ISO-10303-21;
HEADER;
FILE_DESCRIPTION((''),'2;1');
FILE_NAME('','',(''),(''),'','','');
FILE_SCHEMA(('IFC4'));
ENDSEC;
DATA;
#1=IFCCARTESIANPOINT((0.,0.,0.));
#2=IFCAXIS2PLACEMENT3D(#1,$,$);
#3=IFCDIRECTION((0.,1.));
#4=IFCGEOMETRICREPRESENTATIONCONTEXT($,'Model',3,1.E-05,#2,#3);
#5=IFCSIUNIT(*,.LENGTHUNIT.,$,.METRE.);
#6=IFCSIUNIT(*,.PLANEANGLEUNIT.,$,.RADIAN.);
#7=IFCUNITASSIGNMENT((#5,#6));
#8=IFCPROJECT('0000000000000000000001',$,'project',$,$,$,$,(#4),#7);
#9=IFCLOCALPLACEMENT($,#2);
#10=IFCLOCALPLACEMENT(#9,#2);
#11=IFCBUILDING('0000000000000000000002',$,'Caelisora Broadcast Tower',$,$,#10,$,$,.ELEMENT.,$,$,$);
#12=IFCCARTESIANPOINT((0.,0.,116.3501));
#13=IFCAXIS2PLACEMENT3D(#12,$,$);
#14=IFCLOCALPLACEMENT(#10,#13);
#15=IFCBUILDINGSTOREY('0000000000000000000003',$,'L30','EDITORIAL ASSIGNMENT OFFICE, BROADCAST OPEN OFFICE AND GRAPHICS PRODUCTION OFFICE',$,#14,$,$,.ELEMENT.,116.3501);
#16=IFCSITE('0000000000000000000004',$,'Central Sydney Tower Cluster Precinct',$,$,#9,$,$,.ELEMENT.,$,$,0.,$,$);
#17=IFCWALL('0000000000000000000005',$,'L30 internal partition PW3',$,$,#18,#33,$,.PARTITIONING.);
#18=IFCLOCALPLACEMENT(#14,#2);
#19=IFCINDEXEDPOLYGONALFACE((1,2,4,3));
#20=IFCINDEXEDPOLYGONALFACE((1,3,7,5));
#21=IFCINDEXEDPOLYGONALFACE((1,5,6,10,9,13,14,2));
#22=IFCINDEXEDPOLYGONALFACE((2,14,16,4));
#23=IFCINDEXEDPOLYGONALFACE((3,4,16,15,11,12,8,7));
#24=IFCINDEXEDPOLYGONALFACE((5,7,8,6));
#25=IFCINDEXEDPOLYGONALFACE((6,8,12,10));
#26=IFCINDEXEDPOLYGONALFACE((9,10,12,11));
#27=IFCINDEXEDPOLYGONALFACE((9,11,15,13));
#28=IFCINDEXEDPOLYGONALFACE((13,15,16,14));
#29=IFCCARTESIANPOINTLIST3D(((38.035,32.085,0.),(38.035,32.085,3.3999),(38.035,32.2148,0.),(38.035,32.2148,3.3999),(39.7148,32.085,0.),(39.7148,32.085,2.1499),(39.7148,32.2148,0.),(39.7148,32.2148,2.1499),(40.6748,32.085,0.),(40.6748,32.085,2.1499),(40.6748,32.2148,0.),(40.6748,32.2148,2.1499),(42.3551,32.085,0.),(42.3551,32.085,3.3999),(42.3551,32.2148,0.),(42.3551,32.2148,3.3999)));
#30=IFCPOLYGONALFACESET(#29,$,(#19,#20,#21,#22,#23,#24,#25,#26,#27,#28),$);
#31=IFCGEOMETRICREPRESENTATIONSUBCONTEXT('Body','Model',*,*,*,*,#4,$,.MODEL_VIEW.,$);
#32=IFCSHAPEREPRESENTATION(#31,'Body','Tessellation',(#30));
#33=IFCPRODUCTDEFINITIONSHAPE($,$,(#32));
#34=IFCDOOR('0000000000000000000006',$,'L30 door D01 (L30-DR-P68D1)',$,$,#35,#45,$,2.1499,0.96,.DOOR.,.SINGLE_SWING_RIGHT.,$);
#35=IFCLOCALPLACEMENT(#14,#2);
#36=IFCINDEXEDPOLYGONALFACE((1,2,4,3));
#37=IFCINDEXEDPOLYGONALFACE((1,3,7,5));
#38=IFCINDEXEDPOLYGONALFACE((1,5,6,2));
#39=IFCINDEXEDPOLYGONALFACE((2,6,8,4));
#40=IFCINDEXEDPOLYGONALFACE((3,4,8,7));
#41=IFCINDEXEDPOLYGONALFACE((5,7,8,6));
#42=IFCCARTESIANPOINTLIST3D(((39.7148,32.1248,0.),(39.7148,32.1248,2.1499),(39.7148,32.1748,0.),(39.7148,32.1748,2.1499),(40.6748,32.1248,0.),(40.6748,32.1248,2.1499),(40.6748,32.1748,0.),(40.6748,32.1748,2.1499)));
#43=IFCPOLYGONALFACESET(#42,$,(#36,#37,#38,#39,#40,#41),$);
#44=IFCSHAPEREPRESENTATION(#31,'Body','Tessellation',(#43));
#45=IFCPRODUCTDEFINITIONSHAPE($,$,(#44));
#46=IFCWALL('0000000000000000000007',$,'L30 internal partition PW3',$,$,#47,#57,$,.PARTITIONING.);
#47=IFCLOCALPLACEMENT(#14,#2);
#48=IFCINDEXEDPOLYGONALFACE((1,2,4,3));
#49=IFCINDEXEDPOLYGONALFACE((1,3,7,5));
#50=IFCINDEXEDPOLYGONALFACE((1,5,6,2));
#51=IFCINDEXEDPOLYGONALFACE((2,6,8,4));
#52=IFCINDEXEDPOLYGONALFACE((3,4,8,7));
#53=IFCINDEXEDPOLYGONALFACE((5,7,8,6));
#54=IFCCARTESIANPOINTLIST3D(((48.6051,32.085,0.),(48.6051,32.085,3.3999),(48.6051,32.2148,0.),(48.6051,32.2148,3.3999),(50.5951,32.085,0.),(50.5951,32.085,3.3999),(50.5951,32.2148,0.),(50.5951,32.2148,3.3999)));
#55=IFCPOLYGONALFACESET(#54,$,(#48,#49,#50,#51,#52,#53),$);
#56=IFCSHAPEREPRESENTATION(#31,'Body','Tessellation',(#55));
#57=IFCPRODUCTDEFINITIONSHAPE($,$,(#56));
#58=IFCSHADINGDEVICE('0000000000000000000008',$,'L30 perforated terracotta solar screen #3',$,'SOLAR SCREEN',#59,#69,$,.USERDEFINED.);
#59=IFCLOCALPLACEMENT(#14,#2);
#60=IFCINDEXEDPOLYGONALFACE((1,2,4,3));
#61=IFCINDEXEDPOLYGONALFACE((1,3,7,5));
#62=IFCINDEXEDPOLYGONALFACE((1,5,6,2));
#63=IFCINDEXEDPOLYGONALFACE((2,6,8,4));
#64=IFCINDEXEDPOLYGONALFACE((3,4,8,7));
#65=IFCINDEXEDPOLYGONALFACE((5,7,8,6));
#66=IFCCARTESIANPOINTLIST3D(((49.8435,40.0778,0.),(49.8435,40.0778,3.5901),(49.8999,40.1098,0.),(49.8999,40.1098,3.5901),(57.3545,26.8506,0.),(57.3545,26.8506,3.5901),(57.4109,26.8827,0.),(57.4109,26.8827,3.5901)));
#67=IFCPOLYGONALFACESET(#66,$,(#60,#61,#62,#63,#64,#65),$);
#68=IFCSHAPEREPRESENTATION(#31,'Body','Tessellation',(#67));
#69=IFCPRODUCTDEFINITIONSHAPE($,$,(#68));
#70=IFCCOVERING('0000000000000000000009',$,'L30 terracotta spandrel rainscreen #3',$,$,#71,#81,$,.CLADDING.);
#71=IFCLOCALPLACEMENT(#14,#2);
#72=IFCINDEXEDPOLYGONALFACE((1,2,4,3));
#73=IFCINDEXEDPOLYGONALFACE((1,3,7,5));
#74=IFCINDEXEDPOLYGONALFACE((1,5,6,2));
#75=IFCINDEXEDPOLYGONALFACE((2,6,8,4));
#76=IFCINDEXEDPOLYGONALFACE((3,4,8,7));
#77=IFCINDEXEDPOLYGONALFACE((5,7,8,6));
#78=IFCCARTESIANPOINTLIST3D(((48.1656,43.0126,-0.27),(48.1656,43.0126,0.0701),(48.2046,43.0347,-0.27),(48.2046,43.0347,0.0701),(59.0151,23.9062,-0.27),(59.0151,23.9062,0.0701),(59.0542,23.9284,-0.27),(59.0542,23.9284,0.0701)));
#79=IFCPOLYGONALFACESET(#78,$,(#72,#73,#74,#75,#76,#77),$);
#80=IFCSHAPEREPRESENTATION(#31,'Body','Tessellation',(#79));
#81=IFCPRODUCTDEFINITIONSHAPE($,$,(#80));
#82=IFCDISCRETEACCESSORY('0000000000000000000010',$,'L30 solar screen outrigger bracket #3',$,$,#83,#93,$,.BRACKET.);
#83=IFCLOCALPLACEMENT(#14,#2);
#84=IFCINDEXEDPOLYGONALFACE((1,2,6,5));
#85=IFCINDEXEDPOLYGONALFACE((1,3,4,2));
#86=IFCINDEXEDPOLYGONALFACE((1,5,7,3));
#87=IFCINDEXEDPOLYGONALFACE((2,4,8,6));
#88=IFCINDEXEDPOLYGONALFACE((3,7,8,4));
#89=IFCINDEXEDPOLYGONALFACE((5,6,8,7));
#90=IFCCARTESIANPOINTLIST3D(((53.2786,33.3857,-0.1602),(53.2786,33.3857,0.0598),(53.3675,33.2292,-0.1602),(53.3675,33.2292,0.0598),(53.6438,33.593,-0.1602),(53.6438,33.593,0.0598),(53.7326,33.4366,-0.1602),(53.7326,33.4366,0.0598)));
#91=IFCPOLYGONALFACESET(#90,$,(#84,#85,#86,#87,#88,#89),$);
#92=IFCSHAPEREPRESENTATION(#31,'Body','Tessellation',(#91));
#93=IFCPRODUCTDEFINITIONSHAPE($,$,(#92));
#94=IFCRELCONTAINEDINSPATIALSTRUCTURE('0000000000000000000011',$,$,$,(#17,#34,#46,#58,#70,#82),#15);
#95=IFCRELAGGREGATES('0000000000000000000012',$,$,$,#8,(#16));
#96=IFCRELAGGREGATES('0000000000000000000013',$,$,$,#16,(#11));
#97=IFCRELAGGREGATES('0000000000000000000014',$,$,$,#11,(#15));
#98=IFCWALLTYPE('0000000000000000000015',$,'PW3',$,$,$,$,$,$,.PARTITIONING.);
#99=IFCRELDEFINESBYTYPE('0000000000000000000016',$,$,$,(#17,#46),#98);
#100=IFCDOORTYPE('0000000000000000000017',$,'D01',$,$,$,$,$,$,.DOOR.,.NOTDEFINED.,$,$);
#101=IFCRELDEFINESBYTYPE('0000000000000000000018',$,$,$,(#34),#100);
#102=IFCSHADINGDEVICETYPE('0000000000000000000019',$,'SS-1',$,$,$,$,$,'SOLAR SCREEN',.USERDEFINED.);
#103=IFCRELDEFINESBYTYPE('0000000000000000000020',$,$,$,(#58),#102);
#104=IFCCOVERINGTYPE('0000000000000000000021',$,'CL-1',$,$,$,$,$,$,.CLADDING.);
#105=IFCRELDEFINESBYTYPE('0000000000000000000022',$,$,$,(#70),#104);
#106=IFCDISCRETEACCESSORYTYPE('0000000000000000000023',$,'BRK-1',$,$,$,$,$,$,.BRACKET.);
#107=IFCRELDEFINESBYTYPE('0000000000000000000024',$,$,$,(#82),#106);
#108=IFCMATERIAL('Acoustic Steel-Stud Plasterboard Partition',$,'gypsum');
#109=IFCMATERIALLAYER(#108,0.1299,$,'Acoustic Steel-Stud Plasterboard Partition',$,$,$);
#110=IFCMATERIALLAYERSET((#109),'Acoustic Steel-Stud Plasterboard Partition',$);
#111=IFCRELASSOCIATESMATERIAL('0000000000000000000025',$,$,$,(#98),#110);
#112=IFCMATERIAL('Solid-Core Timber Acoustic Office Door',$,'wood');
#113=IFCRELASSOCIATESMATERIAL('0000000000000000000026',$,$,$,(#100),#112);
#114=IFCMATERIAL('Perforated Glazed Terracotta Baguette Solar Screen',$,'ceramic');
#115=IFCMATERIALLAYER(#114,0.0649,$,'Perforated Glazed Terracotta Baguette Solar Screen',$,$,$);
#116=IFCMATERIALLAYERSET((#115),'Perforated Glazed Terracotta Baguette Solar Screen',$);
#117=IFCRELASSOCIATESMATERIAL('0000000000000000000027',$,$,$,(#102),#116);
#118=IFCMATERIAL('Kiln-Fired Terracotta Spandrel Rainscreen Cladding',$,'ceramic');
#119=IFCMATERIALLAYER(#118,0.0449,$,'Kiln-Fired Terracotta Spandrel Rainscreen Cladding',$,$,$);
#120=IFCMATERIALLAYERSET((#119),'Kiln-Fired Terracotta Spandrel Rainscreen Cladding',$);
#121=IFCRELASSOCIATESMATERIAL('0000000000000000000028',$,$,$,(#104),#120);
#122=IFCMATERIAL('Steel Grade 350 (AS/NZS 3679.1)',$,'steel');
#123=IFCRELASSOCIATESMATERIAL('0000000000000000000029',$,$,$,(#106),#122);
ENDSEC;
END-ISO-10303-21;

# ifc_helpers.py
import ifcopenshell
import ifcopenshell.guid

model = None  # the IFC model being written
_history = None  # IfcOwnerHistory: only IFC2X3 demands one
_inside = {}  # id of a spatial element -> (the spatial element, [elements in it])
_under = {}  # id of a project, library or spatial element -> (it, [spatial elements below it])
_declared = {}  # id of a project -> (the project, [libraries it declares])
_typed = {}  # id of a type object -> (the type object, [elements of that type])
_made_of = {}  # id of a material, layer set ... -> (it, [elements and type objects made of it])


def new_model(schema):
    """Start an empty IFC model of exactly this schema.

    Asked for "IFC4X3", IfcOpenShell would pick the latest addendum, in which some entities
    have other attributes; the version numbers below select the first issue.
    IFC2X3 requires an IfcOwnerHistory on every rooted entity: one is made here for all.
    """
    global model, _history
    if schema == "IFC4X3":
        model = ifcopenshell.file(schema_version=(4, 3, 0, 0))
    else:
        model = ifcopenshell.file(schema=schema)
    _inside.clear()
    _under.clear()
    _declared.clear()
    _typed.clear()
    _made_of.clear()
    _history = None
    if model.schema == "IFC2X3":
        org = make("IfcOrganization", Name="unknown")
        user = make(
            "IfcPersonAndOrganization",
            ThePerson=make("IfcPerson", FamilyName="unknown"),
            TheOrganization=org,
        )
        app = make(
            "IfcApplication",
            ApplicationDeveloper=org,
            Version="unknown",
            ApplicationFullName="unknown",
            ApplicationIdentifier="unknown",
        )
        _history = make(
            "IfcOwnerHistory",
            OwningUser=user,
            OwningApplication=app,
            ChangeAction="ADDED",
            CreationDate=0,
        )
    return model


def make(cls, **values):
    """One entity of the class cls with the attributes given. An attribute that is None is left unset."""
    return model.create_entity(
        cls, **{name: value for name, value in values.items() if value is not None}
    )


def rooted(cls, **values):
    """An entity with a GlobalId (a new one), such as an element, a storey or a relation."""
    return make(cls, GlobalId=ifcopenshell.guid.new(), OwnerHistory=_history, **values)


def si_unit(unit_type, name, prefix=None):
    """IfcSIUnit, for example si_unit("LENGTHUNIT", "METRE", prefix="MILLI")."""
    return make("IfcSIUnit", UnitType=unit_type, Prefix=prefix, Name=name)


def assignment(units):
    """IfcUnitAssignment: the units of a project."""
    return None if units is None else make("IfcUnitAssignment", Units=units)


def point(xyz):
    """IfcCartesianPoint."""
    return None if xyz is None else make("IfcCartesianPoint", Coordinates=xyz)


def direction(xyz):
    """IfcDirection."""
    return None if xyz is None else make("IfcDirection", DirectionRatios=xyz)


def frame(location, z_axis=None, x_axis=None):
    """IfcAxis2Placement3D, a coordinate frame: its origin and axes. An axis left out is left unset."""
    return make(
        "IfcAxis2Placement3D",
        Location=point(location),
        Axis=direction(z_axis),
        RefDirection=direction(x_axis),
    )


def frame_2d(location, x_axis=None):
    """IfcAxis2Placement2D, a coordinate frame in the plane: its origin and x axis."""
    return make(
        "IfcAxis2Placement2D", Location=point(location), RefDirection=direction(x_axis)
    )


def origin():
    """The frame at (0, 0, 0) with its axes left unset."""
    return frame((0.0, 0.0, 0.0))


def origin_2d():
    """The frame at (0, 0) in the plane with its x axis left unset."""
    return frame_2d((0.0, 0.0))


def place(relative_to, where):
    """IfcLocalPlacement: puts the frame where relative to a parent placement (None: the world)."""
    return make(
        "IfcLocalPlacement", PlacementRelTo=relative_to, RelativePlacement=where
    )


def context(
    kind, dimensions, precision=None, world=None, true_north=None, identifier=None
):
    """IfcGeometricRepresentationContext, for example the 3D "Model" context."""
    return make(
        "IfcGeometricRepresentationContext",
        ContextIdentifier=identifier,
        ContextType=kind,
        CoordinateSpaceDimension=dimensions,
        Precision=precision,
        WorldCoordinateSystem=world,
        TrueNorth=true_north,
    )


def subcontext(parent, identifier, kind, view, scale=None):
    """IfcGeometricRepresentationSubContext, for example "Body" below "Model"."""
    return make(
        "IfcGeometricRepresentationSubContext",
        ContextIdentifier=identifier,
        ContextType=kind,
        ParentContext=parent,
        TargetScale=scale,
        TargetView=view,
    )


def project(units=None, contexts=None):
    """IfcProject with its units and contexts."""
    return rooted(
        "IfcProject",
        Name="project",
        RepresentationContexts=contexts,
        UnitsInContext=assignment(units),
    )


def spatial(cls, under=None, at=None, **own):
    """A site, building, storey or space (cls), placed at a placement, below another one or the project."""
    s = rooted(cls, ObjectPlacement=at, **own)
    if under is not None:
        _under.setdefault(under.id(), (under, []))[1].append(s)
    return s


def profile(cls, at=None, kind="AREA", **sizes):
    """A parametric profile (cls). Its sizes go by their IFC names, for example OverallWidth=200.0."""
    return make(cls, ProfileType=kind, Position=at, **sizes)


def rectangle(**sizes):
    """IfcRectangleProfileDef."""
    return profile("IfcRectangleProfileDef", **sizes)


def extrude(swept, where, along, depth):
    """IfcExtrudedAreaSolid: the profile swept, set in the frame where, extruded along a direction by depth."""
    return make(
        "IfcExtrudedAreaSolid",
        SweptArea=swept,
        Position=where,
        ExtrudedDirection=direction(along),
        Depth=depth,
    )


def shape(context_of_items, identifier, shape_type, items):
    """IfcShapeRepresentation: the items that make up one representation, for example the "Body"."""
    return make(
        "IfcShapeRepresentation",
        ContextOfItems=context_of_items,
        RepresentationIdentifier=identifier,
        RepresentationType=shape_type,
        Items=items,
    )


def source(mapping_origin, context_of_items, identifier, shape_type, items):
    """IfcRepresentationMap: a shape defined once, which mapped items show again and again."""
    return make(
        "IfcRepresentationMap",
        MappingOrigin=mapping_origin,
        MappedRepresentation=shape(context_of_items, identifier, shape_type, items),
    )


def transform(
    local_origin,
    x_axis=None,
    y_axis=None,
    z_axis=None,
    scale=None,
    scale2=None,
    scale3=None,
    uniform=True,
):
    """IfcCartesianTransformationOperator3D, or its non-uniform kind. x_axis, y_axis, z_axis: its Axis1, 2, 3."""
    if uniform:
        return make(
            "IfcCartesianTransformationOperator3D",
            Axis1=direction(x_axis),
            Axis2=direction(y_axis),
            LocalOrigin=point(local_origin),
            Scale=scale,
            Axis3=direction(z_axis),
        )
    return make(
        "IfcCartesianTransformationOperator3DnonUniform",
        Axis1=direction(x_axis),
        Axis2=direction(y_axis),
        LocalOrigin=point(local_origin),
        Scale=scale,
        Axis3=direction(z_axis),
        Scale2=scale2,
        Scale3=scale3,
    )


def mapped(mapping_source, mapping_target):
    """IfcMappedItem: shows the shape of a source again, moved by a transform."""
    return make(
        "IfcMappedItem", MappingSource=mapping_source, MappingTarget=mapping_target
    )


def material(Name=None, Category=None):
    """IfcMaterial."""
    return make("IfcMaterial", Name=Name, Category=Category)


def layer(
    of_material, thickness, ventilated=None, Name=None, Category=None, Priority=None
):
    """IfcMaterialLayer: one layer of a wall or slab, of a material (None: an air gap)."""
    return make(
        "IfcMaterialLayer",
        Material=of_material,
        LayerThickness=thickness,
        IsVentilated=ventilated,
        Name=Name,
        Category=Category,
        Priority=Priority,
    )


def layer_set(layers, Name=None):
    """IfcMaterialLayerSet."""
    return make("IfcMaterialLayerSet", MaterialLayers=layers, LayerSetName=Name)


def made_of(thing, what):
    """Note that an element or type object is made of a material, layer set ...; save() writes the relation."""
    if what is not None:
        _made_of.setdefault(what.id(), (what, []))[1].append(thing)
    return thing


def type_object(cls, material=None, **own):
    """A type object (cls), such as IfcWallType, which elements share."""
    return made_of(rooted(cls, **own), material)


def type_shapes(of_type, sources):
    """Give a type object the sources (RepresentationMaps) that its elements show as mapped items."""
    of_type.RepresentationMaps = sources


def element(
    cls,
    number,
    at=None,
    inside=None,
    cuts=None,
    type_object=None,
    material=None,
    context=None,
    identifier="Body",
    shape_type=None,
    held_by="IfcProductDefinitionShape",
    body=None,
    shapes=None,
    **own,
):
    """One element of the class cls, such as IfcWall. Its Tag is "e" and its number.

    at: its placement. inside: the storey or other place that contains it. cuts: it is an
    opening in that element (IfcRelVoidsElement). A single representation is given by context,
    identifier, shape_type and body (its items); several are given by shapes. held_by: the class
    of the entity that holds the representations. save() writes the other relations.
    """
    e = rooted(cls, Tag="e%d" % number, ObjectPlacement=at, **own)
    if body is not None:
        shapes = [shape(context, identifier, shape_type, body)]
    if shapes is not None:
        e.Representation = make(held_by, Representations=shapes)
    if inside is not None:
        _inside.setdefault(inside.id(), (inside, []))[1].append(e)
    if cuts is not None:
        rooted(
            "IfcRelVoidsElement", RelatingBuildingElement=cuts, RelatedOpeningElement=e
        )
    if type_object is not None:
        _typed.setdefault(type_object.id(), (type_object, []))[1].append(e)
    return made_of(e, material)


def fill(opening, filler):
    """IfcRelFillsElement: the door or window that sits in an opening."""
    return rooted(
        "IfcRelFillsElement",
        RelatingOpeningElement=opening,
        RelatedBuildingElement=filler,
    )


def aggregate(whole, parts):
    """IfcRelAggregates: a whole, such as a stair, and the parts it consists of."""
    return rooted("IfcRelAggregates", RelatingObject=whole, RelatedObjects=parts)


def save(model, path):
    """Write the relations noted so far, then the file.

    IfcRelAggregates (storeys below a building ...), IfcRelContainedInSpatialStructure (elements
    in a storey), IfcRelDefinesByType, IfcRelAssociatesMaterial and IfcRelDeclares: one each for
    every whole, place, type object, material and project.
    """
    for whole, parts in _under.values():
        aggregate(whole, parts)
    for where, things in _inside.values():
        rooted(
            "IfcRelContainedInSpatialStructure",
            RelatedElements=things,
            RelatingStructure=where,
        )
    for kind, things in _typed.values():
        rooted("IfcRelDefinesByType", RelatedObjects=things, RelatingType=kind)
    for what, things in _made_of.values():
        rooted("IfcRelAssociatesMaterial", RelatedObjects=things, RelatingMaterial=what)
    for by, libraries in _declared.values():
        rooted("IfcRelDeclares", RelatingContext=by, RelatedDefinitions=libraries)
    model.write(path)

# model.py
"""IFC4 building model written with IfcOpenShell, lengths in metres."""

from ifc_helpers import new_model, si_unit, direction, frame, frame_2d, origin, origin_2d, place, context, subcontext, project, spatial, rectangle, extrude, source, transform, mapped, material, layer, layer_set, type_object, type_shapes, element, fill, save


model = new_model("IFC4")

# Units and contexts
model_context = context("Model", 3, precision=1e-05, world=origin(), true_north=direction((0.0, 1.0)))
body_context = subcontext(model_context, "Body", "Model", "MODEL_VIEW")
ifc_project = project(units=[si_unit("LENGTHUNIT", "METRE"), si_unit("PLANEANGLEUNIT", "RADIAN")], contexts=[model_context])

# Site, building, storey
site_placement = place(None, origin())
site = spatial("IfcSite", under=ifc_project, at=site_placement, Name="Central Sydney Tower Cluster Precinct", CompositionType="ELEMENT", RefElevation=0.0)
building_placement = place(site_placement, origin())
building = spatial("IfcBuilding", under=site, at=building_placement, Name="Caelisora Broadcast Tower", CompositionType="ELEMENT")
storey_placement = place(building_placement, frame((0.0, 0.0, 116.3501)))
storey = spatial("IfcBuildingStorey", under=building, at=storey_placement, Name="L30", Description="EDITORIAL ASSIGNMENT OFFICE, BROADCAST OPEN OFFICE AND GRAPHICS PRODUCTION OFFICE", CompositionType="ELEMENT", Elevation=116.3501)

# Shared definitions
ifc_material_1 = material(Name="Steel Grade 350 (AS/NZS 3679.1)", Category="steel")

# Shared definitions
ifc_material_2 = material(Name="Acoustic Steel-Stud Plasterboard Partition", Category="gypsum")
ifc_layer_1 = layer(ifc_material_2, 0.1299, Name="Acoustic Steel-Stud Plasterboard Partition")
ifc_layer_set_1 = layer_set([ifc_layer_1], Name="Acoustic Steel-Stud Plasterboard Partition")
wall_type = type_object("IfcWallType", Name="PW3", PredefinedType="PARTITIONING", material=ifc_layer_set_1)

# Wall, opening, door
ifc_material_3 = material(Name="Solid-Core Timber Acoustic Office Door", Category="wood")
door_type = type_object("IfcDoorType", Name="D01", OperationType="NOTDEFINED", PredefinedType="DOOR", material=ifc_material_3)
wall_1_placement = place(storey_placement, frame((38.0349, 32.1499, 0.0), z_axis=(0.0, 0.0, 1.0), x_axis=(1.0, 0.0, 0.0)))
wall_1 = element("IfcWall", 1, at=wall_1_placement, inside=storey, type_object=wall_type, Name="L30 internal partition PW3", PredefinedType="PARTITIONING", context=body_context, shape_type="SweptSolid", body=[
    extrude(rectangle(XDim=4.3201, YDim=0.1299, at=frame_2d((2.1602, 0.0))), origin(), (0.0, 0.0, 1.0), 3.3999),
])
opening_1_placement = place(wall_1_placement, frame((1.6799, 0.0, 0.0)))
opening_1 = element("IfcOpeningElement", 2, at=opening_1_placement, cuts=wall_1, PredefinedType="OPENING", context=body_context, shape_type="SweptSolid", body=[
    extrude(rectangle(XDim=0.96, YDim=2.1499, at=frame_2d((0.48, 1.075))), frame((0.0, 0.0769, 0.0), z_axis=(0.0, -1.0, 0.0), x_axis=(1.0, 0.0, 0.0)), (0.0, 0.0, 1.0), 0.1538),
])
door_1_placement = place(opening_1_placement, origin())
door_1 = element("IfcDoor", 3, at=door_1_placement, inside=storey, type_object=door_type, Name="L30 door D01 (L30-DR-P68D1)", OperationType="SINGLE_SWING_RIGHT", OverallHeight=2.1499, OverallWidth=0.96, PredefinedType="DOOR", context=body_context, shape_type="SweptSolid", body=[
    extrude(rectangle(XDim=0.96, YDim=2.1499, at=frame_2d((0.48, 1.075))), frame((0.0, 0.0249, 0.0), z_axis=(0.0, -1.0, 0.0), x_axis=(1.0, 0.0, 0.0)), (0.0, 0.0, 1.0), 0.05),
])
fill(opening_1, door_1)

# Wall
wall_2_placement = place(storey_placement, frame((48.605, 32.1499, 0.0), z_axis=(0.0, 0.0, 1.0), x_axis=(1.0, 0.0, 0.0)))
element("IfcWall", 4, at=wall_2_placement, inside=storey, type_object=wall_type, Name="L30 internal partition PW3", PredefinedType="PARTITIONING", context=body_context, shape_type="SweptSolid", body=[
    extrude(rectangle(XDim=1.99, YDim=0.1299, at=frame_2d((0.9951, 0.0))), origin(), (0.0, 0.0, 1.0), 3.3999),
])

# Shading device
ifc_material_4 = material(Name="Perforated Glazed Terracotta Baguette Solar Screen", Category="ceramic")
ifc_layer_2 = layer(ifc_material_4, 0.0649, Name="Perforated Glazed Terracotta Baguette Solar Screen")
ifc_layer_set_2 = layer_set([ifc_layer_2], Name="Perforated Glazed Terracotta Baguette Solar Screen")
shading_device_type = type_object("IfcShadingDeviceType", Name="SS-1", ElementType="SOLAR SCREEN", PredefinedType="USERDEFINED", material=ifc_layer_set_2)
shared_shape_1 = source(origin(), body_context, "Body", "SweptSolid", [
    extrude(rectangle(XDim=15.2109, YDim=0.0649, at=origin_2d()), origin(), (0.0, 0.0, 1.0), 3.5901),
])
type_shapes(shading_device_type, [shared_shape_1])
shading_device_placement = place(storey_placement, frame((53.6272, 33.4802, 0.0), z_axis=(0.0, 0.0, 1.0), x_axis=(-0.49379, 0.869581, 0.0)))
element("IfcShadingDevice", 5, at=shading_device_placement, inside=storey, type_object=shading_device_type, Name="L30 perforated terracotta solar screen #3", ObjectType="SOLAR SCREEN", PredefinedType="USERDEFINED", context=body_context, shape_type="MappedRepresentation", body=[
    mapped(shared_shape_1, transform((0.0, 0.0, 0.0), scale=1.0)),
])

# Covering
ifc_material_5 = material(Name="Kiln-Fired Terracotta Spandrel Rainscreen Cladding", Category="ceramic")
ifc_layer_3 = layer(ifc_material_5, 0.0449, Name="Kiln-Fired Terracotta Spandrel Rainscreen Cladding")
ifc_layer_set_3 = layer_set([ifc_layer_3], Name="Kiln-Fired Terracotta Spandrel Rainscreen Cladding")
covering_type = type_object("IfcCoveringType", Name="CL-1", PredefinedType="CLADDING", material=ifc_layer_set_3)
shared_shape_2 = source(origin(), body_context, "Body", "SweptSolid", [
    extrude(rectangle(XDim=21.9719, YDim=0.0449, at=origin_2d()), origin(), (0.0, 0.0, 1.0), 0.3401),
])
type_shapes(covering_type, [shared_shape_2])
covering_placement = place(storey_placement, frame((53.6099, 33.4705, -0.27), z_axis=(0.0, 0.0, 1.0), x_axis=(-0.49379, 0.869581, 0.0)))
element("IfcCovering", 6, at=covering_placement, inside=storey, type_object=covering_type, Name="L30 terracotta spandrel rainscreen #3", PredefinedType="CLADDING", context=body_context, shape_type="MappedRepresentation", body=[
    mapped(shared_shape_2, transform((0.0, 0.0, 0.0), scale=1.0)),
])

# Discrete accessory
discrete_accessory_type = type_object("IfcDiscreteAccessoryType", Name="BRK-1", PredefinedType="BRACKET", material=ifc_material_1)
shared_shape_3 = source(origin(), body_context, "Body", "SweptSolid", [
    extrude(rectangle(XDim=0.1799, YDim=0.4199, at=origin_2d()), origin(), (0.0, 0.0, 1.0), 0.22),
])
type_shapes(discrete_accessory_type, [shared_shape_3])
discrete_accessory_placement = place(storey_placement, frame((53.5056, 33.4111, -0.1602), z_axis=(0.0, 0.0, 1.0), x_axis=(-0.49379, 0.869581, 0.0)))
element("IfcDiscreteAccessory", 7, at=discrete_accessory_placement, inside=storey, type_object=discrete_accessory_type, Name="L30 solar screen outrigger bracket #3", PredefinedType="BRACKET", context=body_context, shape_type="MappedRepresentation", body=[
    mapped(shared_shape_3, transform((0.0, 0.0, 0.0), scale=1.0)),
])

save(model, "model.ifc")
